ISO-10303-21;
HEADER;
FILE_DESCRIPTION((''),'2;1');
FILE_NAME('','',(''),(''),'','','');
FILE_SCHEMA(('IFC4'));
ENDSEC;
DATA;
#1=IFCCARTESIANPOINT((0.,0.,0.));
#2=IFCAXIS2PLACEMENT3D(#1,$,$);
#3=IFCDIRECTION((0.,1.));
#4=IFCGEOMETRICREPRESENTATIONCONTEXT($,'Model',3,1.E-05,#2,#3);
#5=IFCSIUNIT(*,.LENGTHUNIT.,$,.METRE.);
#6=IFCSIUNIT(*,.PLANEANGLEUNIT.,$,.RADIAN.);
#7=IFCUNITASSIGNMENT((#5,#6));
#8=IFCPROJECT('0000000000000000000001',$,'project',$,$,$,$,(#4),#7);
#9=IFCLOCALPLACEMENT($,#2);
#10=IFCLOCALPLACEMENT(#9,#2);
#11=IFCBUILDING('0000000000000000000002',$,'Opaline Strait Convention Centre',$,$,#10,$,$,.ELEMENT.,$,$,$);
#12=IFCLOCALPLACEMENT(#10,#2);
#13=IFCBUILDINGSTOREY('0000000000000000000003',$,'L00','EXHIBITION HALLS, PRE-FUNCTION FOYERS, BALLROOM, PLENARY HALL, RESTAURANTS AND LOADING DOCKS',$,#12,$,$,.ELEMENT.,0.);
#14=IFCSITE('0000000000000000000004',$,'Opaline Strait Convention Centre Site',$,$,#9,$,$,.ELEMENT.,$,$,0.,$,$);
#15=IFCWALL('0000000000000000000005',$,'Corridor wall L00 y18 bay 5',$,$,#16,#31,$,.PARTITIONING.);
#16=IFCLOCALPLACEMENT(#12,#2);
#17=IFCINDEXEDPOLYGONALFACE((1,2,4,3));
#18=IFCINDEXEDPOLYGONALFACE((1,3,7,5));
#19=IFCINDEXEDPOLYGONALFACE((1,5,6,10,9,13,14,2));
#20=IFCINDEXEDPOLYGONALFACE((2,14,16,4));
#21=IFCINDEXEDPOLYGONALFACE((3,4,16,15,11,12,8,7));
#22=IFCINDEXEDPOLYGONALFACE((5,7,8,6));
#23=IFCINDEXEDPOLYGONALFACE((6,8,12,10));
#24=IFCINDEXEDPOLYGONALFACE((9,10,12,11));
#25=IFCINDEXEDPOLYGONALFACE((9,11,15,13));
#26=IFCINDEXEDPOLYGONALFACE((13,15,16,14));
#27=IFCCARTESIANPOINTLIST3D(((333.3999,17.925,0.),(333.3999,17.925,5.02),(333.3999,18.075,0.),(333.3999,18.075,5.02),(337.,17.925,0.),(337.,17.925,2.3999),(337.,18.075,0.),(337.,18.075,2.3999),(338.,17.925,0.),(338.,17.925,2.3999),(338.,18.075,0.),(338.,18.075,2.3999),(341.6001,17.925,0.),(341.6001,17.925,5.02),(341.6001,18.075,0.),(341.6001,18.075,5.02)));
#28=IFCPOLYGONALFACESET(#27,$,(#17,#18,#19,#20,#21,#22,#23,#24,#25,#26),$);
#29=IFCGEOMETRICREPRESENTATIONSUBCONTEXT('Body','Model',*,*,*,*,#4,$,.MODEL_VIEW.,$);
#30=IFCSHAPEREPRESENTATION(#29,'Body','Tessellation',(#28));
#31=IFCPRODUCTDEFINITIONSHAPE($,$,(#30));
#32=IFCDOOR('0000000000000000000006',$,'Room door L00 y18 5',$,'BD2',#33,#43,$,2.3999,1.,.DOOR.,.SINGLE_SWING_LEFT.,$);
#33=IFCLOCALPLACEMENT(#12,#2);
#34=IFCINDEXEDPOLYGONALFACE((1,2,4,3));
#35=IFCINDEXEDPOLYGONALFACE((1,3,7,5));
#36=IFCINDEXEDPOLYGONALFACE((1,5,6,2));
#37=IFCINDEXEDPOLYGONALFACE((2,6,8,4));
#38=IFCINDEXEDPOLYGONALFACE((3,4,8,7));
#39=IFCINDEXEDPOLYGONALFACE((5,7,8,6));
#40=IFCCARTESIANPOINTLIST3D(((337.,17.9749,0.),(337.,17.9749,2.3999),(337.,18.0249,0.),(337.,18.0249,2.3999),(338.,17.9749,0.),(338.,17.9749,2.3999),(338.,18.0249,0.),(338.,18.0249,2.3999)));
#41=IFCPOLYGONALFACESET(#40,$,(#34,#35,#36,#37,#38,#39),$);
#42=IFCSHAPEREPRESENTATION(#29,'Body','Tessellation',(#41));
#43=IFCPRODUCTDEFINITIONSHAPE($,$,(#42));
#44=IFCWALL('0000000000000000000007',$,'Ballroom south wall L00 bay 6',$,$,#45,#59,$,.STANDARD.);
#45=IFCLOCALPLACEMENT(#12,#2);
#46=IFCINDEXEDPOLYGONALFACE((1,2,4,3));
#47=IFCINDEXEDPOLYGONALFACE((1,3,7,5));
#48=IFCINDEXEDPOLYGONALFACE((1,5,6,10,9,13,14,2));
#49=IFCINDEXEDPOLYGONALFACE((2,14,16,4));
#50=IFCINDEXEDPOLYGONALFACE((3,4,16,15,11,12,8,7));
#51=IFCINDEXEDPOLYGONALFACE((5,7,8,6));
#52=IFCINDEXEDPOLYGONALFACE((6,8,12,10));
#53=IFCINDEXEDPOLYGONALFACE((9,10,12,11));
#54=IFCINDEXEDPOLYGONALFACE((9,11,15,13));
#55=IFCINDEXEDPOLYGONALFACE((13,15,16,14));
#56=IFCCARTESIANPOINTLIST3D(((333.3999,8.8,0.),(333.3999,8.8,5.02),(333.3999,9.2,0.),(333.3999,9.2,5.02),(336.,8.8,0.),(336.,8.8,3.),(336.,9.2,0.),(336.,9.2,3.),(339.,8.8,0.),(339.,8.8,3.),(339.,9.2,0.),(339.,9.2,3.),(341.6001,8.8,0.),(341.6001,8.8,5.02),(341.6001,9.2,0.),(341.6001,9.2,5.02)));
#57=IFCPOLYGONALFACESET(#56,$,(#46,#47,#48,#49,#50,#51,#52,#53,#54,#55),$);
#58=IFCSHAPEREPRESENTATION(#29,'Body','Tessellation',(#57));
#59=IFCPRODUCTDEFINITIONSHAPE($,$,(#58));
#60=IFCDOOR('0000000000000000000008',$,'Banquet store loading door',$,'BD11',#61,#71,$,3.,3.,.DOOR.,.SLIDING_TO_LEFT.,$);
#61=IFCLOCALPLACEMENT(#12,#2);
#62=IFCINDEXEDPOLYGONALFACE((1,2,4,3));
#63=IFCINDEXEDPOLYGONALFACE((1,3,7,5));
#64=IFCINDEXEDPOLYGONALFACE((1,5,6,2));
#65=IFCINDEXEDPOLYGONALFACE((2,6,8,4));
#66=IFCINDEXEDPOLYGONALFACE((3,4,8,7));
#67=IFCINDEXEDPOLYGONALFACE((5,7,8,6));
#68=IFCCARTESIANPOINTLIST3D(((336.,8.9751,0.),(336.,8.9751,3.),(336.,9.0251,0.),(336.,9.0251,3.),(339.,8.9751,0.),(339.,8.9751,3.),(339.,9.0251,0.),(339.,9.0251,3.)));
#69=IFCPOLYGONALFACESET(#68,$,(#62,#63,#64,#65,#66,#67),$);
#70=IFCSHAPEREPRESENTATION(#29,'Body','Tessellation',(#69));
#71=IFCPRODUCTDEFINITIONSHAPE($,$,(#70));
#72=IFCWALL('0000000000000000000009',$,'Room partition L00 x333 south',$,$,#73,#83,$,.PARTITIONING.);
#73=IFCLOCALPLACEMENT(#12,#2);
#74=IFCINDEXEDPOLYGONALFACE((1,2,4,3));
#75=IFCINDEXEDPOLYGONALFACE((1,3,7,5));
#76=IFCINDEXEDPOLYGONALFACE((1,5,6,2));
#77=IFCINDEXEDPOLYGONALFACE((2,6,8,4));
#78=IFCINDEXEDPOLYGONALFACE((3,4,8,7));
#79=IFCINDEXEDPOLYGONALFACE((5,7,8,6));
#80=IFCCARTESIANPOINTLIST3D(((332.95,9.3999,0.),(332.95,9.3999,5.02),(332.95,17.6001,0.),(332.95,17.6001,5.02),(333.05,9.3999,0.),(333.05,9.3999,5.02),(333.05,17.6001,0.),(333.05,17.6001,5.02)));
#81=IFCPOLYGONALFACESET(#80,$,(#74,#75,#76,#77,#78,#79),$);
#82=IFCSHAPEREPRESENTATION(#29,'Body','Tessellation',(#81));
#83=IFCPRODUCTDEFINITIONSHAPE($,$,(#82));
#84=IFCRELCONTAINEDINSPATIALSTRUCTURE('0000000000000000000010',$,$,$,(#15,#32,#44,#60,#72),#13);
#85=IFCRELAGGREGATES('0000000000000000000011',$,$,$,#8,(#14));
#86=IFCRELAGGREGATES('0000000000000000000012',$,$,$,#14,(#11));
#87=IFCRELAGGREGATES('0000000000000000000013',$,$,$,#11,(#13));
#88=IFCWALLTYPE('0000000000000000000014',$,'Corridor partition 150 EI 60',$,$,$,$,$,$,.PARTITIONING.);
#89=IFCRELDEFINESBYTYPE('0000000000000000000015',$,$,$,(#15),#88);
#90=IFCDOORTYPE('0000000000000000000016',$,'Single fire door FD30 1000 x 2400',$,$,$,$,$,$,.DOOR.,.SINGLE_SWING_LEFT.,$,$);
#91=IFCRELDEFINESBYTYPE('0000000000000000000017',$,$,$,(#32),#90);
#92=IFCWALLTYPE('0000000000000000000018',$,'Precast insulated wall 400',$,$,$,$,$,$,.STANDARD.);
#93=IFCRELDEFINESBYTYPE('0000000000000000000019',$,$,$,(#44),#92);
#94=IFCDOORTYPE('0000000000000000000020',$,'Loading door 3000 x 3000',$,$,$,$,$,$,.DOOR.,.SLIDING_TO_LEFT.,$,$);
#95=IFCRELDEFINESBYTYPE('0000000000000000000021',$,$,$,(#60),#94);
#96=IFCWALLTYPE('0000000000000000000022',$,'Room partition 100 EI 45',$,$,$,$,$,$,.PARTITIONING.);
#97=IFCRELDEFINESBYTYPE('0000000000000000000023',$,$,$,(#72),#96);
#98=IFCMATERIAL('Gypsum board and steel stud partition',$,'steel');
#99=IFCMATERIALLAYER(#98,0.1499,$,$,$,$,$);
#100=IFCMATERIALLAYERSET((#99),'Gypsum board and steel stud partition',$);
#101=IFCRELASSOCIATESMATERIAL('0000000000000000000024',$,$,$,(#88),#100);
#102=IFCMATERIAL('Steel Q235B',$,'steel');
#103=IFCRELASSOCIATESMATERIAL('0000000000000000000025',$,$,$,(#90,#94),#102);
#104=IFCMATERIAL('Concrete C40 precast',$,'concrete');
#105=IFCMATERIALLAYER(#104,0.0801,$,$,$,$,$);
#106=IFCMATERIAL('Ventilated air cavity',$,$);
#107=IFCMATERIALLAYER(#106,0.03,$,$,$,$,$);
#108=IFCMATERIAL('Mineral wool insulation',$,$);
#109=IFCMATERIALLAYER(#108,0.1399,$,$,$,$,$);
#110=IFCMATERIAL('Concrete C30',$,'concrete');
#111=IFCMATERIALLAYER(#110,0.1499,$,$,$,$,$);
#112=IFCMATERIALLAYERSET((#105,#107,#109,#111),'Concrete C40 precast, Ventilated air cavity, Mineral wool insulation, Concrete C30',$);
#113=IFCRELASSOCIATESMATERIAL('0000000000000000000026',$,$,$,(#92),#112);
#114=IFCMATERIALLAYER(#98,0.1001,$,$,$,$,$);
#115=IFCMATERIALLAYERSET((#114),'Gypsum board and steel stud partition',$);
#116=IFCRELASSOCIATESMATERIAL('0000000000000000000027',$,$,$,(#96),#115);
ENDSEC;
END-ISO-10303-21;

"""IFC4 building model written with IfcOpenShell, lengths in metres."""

from ifc_helpers import new_model, si_unit, direction, frame, frame_2d, origin, place, context, subcontext, project, spatial, rectangle, extrude, material, layer, layer_set, type_object, element, fill, save


model = new_model("IFC4")

# Units and contexts
model_context = context("Model", 3, precision=1e-05, world=origin(), true_north=direction((0.0, 1.0)))
body_context = subcontext(model_context, "Body", "Model", "MODEL_VIEW")
ifc_project = project(units=[si_unit("LENGTHUNIT", "METRE"), si_unit("PLANEANGLEUNIT", "RADIAN")], contexts=[model_context])

# Site, building, storey
site_placement = place(None, origin())
site = spatial("IfcSite", under=ifc_project, at=site_placement, Name="Opaline Strait Convention Centre Site", CompositionType="ELEMENT", RefElevation=0.0)
building_placement = place(site_placement, origin())
building = spatial("IfcBuilding", under=site, at=building_placement, Name="Opaline Strait Convention Centre", CompositionType="ELEMENT")
storey_placement = place(building_placement, origin())
storey = spatial("IfcBuildingStorey", under=building, at=storey_placement, Name="L00", Description="EXHIBITION HALLS, PRE-FUNCTION FOYERS, BALLROOM, PLENARY HALL, RESTAURANTS AND LOADING DOCKS", CompositionType="ELEMENT", Elevation=0.0)

# Walls, openings, doors
ifc_material_1 = material(Name="Gypsum board and steel stud partition", Category="steel")
ifc_layer_1 = layer(ifc_material_1, 0.1499)
ifc_layer_set_1 = layer_set([ifc_layer_1], Name="Gypsum board and steel stud partition")
wall_type_1 = type_object("IfcWallType", Name="Corridor partition 150 EI 60", PredefinedType="PARTITIONING", material=ifc_layer_set_1)
wall_1_placement = place(storey_placement, frame((333.3999, 18.0, 0.0), z_axis=(0.0, 0.0, 1.0), x_axis=(1.0, 0.0, 0.0)))
wall_1 = element("IfcWall", 1, at=wall_1_placement, inside=storey, type_object=wall_type_1, Name="Corridor wall L00 y18 bay 5", PredefinedType="PARTITIONING", context=body_context, shape_type="SweptSolid", body=[
    extrude(rectangle(XDim=8.2002, YDim=0.1499, at=frame_2d((4.1001, 0.0))), origin(), (0.0, 0.0, 1.0), 5.02),
])
opening_1_placement = place(wall_1_placement, frame((3.6001, 0.0, 0.0)))
opening_1 = element("IfcOpeningElement", 2, at=opening_1_placement, cuts=wall_1, PredefinedType="OPENING", context=body_context, shape_type="SweptSolid", body=[
    extrude(rectangle(XDim=1.0, YDim=2.3999, at=frame_2d((0.5, 1.2))), frame((0.0, 0.085, 0.0), z_axis=(0.0, -1.0, 0.0), x_axis=(1.0, 0.0, 0.0)), (0.0, 0.0, 1.0), 0.1699),
])
ifc_material_2 = material(Name="Steel Q235B", Category="steel")
door_type_1 = type_object("IfcDoorType", Name="Single fire door FD30 1000 x 2400", OperationType="SINGLE_SWING_LEFT", PredefinedType="DOOR", material=ifc_material_2)
door_1_placement = place(opening_1_placement, origin())
door_1 = element("IfcDoor", 3, at=door_1_placement, inside=storey, type_object=door_type_1, Name="Room door L00 y18 5", ObjectType="BD2", OperationType="SINGLE_SWING_LEFT", OverallHeight=2.3999, OverallWidth=1.0, PredefinedType="DOOR", context=body_context, shape_type="SweptSolid", body=[
    extrude(rectangle(XDim=1.0, YDim=2.3999, at=frame_2d((0.5, 1.2))), frame((0.0, 0.0249, 0.0), z_axis=(0.0, -1.0, 0.0), x_axis=(1.0, 0.0, 0.0)), (0.0, 0.0, 1.0), 0.05),
])
fill(opening_1, door_1)
ifc_material_3 = material(Name="Concrete C40 precast", Category="concrete")
ifc_layer_2 = layer(ifc_material_3, 0.0801)
ifc_material_4 = material(Name="Ventilated air cavity")
ifc_layer_3 = layer(ifc_material_4, 0.03)
ifc_material_5 = material(Name="Mineral wool insulation")
ifc_layer_4 = layer(ifc_material_5, 0.1399)
ifc_material_6 = material(Name="Concrete C30", Category="concrete")
ifc_layer_5 = layer(ifc_material_6, 0.1499)
ifc_layer_set_2 = layer_set([ifc_layer_2, ifc_layer_3, ifc_layer_4, ifc_layer_5], Name="Concrete C40 precast, Ventilated air cavity, Mineral wool insulation, Concrete C30")
wall_type_2 = type_object("IfcWallType", Name="Precast insulated wall 400", PredefinedType="STANDARD", material=ifc_layer_set_2)
wall_2_placement = place(storey_placement, frame((333.3999, 9.0, 0.0), z_axis=(0.0, 0.0, 1.0), x_axis=(1.0, 0.0, 0.0)))
wall_2 = element("IfcWall", 4, at=wall_2_placement, inside=storey, type_object=wall_type_2, Name="Ballroom south wall L00 bay 6", PredefinedType="STANDARD", context=body_context, shape_type="SweptSolid", body=[
    extrude(rectangle(XDim=8.2002, YDim=0.3999, at=frame_2d((4.1001, 0.0))), origin(), (0.0, 0.0, 1.0), 5.02),
])
opening_2_placement = place(wall_2_placement, frame((2.6001, 0.0, 0.0)))
opening_2 = element("IfcOpeningElement", 5, at=opening_2_placement, cuts=wall_2, PredefinedType="OPENING", context=body_context, shape_type="SweptSolid", body=[
    extrude(rectangle(XDim=3.0, YDim=3.0, at=frame_2d((1.5, 1.5))), frame((0.0, 0.21, 0.0), z_axis=(0.0, -1.0, 0.0), x_axis=(1.0, 0.0, 0.0)), (0.0, 0.0, 1.0), 0.4199),
])
door_type_2 = type_object("IfcDoorType", Name="Loading door 3000 x 3000", OperationType="SLIDING_TO_LEFT", PredefinedType="DOOR", material=ifc_material_2)
door_2_placement = place(opening_2_placement, frame((3.0, 0.0, 0.0), z_axis=(0.0, 0.0, 1.0), x_axis=(-1.0, 0.0, 0.0)))
door_2 = element("IfcDoor", 6, at=door_2_placement, inside=storey, type_object=door_type_2, Name="Banquet store loading door", ObjectType="BD11", OperationType="SLIDING_TO_LEFT", OverallHeight=3.0, OverallWidth=3.0, PredefinedType="DOOR", context=body_context, shape_type="SweptSolid", body=[
    extrude(rectangle(XDim=3.0, YDim=3.0, at=frame_2d((1.5, 1.5))), frame((0.0, 0.0249, 0.0), z_axis=(0.0, -1.0, 0.0), x_axis=(1.0, 0.0, 0.0)), (0.0, 0.0, 1.0), 0.05),
])
fill(opening_2, door_2)

# Wall
ifc_layer_6 = layer(ifc_material_1, 0.1001)
ifc_layer_set_3 = layer_set([ifc_layer_6], Name="Gypsum board and steel stud partition")
wall_type_3 = type_object("IfcWallType", Name="Room partition 100 EI 45", PredefinedType="PARTITIONING", material=ifc_layer_set_3)
wall_3_placement = place(storey_placement, frame((333.0, 9.3999, 0.0), z_axis=(0.0, 0.0, 1.0), x_axis=(0.0, 1.0, 0.0)))
element("IfcWall", 7, at=wall_3_placement, inside=storey, type_object=wall_type_3, Name="Room partition L00 x333 south", PredefinedType="PARTITIONING", context=body_context, shape_type="SweptSolid", body=[
    extrude(rectangle(XDim=8.2002, YDim=0.1001, at=frame_2d((4.1001, 0.0))), origin(), (0.0, 0.0, 1.0), 5.02),
])

save(model, "model.ifc")
